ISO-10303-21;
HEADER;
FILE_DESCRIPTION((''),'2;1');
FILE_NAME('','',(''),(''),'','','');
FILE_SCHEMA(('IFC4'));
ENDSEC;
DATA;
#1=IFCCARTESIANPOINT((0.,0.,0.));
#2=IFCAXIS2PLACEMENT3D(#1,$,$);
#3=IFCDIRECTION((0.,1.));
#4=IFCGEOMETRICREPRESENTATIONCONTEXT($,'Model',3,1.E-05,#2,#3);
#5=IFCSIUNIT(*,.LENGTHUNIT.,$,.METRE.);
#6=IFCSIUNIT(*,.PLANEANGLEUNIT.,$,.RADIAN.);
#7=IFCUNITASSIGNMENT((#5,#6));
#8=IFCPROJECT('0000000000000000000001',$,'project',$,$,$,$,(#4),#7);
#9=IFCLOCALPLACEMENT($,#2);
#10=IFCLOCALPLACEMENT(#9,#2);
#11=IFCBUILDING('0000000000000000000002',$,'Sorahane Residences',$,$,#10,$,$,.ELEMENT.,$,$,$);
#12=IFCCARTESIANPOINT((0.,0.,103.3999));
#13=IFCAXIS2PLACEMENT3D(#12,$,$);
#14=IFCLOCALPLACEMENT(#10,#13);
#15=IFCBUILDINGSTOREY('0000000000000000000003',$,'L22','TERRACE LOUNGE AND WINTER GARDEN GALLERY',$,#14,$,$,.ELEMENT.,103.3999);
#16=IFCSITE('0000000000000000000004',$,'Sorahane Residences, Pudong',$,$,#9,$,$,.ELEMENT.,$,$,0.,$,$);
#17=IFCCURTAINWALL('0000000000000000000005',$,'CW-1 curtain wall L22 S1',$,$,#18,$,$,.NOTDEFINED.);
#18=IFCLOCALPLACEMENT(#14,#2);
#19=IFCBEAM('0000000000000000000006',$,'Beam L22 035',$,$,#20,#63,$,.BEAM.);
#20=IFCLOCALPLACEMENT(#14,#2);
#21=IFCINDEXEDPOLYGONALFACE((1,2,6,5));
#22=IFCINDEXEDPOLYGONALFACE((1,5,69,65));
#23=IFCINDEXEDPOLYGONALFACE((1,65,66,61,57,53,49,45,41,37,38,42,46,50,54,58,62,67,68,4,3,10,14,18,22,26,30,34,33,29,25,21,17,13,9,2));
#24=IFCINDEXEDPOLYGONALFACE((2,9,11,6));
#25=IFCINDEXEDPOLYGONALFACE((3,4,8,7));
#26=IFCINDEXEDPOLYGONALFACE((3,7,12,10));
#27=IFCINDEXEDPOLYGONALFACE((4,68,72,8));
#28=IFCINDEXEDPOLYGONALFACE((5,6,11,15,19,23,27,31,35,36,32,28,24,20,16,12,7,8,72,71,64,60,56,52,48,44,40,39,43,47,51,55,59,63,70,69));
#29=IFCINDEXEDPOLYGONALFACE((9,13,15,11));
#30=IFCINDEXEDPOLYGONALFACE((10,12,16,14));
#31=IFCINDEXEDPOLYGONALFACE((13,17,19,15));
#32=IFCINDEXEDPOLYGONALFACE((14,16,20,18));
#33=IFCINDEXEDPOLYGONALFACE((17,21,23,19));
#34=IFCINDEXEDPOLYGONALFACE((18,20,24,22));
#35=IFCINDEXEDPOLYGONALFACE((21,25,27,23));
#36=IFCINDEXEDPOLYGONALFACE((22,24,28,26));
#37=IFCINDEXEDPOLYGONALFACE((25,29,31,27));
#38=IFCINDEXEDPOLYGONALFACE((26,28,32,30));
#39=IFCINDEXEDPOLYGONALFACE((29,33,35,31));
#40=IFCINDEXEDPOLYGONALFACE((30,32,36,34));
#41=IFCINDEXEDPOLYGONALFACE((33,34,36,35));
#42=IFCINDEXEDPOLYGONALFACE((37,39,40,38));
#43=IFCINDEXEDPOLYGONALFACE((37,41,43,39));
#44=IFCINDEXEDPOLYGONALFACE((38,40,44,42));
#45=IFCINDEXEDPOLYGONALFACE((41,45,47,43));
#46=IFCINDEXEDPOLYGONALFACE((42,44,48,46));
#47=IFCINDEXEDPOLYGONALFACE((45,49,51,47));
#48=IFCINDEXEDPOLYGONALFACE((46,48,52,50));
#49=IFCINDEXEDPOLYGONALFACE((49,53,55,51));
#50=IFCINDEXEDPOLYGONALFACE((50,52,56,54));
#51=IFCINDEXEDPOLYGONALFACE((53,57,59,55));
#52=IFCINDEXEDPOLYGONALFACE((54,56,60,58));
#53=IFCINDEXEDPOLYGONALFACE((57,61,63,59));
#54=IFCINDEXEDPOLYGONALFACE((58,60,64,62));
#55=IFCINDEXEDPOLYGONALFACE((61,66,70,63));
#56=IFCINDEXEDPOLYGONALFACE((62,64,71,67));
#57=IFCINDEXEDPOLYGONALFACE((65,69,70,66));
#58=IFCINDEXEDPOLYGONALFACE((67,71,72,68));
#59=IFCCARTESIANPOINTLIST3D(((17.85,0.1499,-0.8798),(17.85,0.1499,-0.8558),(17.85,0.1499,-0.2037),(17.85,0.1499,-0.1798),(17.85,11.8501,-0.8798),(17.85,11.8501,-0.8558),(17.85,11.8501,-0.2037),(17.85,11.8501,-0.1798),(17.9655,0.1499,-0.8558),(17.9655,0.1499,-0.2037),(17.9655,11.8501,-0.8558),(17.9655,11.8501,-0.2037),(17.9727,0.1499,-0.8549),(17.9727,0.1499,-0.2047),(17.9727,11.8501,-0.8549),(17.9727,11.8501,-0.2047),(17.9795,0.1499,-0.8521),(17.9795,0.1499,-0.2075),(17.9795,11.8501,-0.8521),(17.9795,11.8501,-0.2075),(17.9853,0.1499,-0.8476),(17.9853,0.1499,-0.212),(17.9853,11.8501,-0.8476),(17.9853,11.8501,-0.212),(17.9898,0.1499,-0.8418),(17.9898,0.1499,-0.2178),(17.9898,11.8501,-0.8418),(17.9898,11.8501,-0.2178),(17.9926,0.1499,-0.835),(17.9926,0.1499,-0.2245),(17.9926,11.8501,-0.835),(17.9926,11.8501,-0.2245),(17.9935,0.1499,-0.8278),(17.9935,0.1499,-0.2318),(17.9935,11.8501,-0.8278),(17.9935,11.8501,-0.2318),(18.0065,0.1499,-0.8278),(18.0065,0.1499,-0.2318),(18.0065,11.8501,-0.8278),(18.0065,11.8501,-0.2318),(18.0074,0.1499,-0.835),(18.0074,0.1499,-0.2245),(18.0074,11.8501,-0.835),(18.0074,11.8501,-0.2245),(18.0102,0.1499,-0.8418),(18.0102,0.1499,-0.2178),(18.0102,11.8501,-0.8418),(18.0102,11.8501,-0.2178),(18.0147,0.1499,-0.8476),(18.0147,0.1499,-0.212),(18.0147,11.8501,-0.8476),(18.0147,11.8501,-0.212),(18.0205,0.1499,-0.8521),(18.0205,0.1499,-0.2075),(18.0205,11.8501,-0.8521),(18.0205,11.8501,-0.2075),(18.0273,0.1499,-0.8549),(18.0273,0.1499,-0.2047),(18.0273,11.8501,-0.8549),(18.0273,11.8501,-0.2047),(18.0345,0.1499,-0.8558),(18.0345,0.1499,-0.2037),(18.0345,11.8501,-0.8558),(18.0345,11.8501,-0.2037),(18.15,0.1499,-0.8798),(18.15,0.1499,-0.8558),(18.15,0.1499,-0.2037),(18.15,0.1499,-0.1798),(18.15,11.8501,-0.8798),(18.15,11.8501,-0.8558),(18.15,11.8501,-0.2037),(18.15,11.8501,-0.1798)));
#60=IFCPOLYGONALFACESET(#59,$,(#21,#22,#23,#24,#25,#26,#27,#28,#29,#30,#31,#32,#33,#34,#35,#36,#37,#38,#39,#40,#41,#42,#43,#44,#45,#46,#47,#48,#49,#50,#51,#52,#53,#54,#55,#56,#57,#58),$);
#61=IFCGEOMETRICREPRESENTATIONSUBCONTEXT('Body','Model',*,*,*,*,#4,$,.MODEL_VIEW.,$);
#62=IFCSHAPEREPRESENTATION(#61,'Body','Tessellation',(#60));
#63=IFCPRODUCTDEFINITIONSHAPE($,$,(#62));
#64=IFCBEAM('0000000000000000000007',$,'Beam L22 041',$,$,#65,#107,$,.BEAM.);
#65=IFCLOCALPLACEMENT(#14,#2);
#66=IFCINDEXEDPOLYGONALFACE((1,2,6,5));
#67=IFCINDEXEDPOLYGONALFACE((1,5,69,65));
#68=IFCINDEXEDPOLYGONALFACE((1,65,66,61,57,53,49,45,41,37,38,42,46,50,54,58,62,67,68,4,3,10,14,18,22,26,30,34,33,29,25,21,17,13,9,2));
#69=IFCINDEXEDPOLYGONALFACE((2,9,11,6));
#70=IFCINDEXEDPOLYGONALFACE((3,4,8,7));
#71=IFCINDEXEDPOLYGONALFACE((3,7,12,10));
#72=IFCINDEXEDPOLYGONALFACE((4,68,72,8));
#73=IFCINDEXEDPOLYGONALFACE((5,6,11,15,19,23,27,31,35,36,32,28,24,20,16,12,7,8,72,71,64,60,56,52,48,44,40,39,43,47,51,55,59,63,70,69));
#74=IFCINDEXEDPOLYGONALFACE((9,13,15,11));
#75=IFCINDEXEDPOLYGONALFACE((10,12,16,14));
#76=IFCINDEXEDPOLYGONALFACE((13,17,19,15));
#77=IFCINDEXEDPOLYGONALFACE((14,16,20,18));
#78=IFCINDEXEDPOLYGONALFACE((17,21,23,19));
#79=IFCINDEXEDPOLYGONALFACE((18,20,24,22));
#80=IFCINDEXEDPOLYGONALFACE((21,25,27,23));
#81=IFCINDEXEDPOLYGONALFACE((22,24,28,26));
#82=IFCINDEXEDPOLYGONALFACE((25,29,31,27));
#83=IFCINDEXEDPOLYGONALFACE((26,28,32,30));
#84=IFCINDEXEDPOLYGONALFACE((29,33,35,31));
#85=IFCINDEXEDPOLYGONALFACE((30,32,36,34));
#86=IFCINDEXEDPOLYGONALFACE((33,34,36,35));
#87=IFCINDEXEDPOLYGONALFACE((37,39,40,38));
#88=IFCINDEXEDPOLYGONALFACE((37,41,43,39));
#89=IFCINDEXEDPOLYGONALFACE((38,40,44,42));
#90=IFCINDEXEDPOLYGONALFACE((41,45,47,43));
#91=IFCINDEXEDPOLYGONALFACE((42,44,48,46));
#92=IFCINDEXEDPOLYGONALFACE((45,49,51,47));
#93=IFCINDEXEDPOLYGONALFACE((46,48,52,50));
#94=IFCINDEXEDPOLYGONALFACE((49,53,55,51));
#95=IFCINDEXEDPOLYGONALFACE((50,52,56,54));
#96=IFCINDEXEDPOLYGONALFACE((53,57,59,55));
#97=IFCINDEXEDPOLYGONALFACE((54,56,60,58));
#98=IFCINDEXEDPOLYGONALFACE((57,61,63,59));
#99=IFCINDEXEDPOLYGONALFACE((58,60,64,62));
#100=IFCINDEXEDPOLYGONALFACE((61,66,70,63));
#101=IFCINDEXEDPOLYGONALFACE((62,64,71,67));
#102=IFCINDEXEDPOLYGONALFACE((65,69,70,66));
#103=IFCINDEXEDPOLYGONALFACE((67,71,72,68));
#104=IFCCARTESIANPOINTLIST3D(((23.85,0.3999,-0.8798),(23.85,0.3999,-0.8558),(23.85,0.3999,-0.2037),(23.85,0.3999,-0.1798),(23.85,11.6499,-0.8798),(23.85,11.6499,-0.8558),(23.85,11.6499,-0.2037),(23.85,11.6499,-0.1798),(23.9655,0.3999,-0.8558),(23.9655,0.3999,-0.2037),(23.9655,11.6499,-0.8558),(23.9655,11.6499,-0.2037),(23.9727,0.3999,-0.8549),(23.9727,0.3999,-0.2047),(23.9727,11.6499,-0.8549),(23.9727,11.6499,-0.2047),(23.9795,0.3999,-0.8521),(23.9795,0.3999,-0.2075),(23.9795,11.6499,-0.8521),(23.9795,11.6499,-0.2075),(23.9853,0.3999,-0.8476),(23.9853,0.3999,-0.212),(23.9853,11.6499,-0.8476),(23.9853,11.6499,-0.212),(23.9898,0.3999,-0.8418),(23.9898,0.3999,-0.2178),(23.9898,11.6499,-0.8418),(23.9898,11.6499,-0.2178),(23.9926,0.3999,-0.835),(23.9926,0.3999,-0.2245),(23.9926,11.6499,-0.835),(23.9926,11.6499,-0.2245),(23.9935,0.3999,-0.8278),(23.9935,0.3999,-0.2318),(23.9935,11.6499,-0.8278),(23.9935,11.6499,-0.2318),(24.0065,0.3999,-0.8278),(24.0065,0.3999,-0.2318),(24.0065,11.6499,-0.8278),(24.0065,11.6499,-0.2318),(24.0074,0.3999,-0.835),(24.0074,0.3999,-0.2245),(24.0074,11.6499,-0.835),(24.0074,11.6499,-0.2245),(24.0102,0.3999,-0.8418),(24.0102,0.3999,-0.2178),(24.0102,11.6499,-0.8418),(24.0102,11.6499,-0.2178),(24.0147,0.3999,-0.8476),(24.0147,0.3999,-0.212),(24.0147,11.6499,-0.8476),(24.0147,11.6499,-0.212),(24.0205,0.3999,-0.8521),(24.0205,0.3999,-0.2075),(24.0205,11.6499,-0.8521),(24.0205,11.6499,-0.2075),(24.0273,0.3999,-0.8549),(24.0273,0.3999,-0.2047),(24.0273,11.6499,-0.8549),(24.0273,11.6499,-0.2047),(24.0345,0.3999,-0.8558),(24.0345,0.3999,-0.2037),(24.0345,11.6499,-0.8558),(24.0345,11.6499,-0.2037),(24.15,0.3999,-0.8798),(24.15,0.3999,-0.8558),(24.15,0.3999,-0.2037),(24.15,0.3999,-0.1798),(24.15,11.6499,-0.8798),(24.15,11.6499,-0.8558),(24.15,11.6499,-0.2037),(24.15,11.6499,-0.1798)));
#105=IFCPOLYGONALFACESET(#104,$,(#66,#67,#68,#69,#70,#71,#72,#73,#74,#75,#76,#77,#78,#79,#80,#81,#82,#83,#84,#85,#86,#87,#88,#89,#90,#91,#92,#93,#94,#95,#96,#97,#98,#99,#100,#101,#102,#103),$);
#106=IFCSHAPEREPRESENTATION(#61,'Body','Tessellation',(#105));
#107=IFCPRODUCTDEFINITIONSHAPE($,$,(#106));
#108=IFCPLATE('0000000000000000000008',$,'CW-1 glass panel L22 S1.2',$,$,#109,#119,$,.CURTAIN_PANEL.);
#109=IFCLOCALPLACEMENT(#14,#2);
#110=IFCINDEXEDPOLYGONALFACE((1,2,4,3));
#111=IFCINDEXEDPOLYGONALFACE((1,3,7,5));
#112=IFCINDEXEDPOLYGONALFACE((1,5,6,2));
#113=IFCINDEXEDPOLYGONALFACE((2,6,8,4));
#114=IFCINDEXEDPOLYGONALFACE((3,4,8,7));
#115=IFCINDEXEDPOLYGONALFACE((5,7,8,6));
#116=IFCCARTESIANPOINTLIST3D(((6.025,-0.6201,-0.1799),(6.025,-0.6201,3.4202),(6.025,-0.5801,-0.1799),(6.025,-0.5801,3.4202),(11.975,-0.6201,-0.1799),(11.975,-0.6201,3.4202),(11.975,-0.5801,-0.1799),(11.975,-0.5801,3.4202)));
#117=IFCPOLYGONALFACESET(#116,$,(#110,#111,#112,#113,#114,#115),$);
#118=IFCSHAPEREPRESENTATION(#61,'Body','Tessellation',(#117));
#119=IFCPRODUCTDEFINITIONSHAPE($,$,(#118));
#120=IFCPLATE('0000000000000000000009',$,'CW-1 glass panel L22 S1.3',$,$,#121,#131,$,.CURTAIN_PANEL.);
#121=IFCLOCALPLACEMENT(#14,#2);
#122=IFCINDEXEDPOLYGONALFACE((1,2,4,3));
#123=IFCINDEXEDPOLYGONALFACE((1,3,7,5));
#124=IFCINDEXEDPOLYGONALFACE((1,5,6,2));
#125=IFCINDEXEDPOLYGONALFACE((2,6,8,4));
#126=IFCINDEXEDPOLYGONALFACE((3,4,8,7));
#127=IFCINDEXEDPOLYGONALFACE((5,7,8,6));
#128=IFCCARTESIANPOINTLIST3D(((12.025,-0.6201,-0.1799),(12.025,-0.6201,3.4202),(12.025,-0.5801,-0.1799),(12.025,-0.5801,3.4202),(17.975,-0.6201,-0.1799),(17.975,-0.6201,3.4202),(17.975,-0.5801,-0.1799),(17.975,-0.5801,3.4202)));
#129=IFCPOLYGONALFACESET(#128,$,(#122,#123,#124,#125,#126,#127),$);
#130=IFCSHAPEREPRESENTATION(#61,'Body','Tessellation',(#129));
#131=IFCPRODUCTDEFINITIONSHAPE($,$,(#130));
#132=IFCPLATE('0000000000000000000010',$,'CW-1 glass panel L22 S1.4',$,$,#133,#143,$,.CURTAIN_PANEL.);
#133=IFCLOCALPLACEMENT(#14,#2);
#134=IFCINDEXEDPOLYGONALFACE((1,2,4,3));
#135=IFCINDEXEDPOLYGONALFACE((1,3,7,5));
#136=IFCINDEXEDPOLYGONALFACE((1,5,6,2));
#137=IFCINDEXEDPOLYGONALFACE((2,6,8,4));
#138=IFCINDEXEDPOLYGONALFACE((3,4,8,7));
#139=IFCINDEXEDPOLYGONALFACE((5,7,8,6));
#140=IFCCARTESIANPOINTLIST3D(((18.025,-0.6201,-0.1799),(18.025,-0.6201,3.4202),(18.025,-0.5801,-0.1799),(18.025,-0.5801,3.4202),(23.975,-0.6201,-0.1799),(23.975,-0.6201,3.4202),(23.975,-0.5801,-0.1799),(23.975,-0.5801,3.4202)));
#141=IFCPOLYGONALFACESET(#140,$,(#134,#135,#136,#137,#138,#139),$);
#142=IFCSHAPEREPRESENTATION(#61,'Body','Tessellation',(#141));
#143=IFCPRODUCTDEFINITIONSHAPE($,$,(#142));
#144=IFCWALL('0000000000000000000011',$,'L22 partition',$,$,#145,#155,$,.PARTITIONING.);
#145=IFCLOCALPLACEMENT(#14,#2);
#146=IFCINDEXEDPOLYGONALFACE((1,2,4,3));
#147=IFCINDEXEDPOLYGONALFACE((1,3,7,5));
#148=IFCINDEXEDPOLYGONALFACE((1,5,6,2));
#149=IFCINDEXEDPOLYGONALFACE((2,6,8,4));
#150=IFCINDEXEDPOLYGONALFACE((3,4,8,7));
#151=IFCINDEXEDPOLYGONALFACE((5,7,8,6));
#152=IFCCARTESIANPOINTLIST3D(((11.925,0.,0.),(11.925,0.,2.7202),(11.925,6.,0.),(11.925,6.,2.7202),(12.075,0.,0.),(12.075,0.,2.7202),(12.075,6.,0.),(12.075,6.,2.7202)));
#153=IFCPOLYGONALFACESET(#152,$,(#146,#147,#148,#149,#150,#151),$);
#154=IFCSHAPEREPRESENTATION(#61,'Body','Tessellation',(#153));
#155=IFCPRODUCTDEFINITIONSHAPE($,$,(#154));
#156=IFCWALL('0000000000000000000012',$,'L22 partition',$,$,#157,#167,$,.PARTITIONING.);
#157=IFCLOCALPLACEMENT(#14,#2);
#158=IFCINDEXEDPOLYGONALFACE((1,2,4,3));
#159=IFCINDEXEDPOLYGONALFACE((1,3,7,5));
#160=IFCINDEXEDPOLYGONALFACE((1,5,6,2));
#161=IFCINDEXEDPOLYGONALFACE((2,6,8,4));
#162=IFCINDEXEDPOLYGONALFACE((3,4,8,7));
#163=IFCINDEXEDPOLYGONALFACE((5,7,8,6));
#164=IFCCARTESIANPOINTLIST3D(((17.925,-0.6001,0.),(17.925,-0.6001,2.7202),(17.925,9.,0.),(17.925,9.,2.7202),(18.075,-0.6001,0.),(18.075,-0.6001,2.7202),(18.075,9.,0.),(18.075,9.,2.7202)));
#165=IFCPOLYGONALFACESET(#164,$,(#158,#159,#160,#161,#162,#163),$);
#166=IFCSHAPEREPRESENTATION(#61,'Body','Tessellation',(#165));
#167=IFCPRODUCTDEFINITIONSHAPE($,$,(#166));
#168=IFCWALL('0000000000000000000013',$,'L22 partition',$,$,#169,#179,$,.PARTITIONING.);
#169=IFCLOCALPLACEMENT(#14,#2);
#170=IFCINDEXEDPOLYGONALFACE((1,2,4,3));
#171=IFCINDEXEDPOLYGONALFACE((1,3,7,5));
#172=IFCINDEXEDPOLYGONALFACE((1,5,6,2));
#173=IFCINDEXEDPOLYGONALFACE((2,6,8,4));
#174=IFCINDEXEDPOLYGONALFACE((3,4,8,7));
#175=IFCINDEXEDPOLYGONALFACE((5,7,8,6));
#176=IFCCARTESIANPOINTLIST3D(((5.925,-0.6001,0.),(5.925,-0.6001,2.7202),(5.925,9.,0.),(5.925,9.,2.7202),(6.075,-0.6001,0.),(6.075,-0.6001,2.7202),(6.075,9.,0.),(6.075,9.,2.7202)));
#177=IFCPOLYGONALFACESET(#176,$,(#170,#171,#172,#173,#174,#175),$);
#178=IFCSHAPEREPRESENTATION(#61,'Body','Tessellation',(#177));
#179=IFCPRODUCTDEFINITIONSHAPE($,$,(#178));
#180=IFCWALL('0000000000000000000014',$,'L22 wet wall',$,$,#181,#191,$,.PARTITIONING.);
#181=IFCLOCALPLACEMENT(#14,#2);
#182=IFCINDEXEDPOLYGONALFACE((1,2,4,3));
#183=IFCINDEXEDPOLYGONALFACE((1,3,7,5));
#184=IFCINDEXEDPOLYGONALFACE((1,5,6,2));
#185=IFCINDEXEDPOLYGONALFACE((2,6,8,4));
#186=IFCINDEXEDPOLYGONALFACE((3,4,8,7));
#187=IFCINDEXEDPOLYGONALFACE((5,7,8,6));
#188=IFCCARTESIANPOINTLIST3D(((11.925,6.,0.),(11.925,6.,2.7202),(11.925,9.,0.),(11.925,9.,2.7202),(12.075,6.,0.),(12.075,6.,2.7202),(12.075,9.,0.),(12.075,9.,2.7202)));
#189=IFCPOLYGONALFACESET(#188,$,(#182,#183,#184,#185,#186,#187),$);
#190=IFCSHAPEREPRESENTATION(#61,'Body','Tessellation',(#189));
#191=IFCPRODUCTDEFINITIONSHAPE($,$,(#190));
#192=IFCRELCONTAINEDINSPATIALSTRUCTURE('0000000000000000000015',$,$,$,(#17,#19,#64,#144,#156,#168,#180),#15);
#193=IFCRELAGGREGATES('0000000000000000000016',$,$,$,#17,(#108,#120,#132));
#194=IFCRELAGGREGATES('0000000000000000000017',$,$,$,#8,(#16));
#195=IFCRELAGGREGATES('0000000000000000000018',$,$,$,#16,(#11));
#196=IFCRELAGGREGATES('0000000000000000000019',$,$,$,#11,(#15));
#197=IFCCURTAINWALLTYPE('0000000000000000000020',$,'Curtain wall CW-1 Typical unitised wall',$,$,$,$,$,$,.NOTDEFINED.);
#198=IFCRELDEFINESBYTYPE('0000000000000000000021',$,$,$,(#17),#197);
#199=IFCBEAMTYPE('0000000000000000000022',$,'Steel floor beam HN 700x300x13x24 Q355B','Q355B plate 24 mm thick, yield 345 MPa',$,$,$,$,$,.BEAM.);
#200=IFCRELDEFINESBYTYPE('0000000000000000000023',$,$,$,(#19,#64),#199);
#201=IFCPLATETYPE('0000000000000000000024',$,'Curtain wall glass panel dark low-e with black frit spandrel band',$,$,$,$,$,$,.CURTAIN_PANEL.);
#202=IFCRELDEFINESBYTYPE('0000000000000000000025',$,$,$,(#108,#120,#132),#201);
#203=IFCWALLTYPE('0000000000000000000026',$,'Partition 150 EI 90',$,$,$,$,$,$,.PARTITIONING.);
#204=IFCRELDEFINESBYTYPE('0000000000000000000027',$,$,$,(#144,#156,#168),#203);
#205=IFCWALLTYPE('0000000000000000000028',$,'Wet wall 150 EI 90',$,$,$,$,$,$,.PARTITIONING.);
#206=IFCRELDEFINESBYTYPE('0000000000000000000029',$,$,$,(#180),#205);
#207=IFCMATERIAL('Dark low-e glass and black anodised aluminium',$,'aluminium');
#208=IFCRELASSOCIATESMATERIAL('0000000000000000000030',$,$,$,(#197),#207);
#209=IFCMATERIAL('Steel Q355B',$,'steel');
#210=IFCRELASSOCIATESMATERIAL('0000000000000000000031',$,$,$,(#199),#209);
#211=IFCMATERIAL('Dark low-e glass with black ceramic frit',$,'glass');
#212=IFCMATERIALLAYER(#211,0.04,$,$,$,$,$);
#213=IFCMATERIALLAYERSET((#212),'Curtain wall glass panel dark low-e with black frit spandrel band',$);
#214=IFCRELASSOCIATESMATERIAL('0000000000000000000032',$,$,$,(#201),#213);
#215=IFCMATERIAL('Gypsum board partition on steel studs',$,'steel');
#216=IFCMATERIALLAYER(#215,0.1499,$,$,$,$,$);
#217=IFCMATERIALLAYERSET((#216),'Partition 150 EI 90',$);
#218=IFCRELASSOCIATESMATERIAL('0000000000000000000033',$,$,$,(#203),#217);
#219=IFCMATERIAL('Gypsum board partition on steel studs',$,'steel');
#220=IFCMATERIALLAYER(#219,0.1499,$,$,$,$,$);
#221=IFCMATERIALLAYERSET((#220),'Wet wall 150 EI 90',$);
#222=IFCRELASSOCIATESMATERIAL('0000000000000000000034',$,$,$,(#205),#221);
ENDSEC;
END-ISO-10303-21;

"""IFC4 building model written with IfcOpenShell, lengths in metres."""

from ifc_helpers import new_model, si_unit, direction, frame, frame_2d, origin, origin_2d, place, context, subcontext, project, spatial, rectangle, i_section, extrude, material, layer, layer_set, material_profile, profile_set, type_object, element, aggregate, save


model = new_model("IFC4")

# Units and contexts
model_context = context("Model", 3, precision=1e-05, world=origin(), true_north=direction((0.0, 1.0)))
body_context = subcontext(model_context, "Body", "Model", "MODEL_VIEW")
ifc_project = project(units=[si_unit("LENGTHUNIT", "METRE"), si_unit("PLANEANGLEUNIT", "RADIAN")], contexts=[model_context])

# Site, building, storey
site_placement = place(None, origin())
site = spatial("IfcSite", under=ifc_project, at=site_placement, Name="Sorahane Residences, Pudong", CompositionType="ELEMENT", RefElevation=0.0)
building_placement = place(site_placement, origin())
building = spatial("IfcBuilding", under=site, at=building_placement, Name="Sorahane Residences", CompositionType="ELEMENT")
storey_placement = place(building_placement, frame((0.0, 0.0, 103.3999)))
storey = spatial("IfcBuildingStorey", under=building, at=storey_placement, Name="L22", Description="TERRACE LOUNGE AND WINTER GARDEN GALLERY", CompositionType="ELEMENT", Elevation=103.3999)

# Curtain wall
ifc_material_1 = material(Name="Dark low-e glass and black anodised aluminium", Category="aluminium")
curtain_wall_type = type_object("IfcCurtainWallType", Name="Curtain wall CW-1 Typical unitised wall", PredefinedType="NOTDEFINED", material=ifc_material_1)
curtain_wall_placement = place(storey_placement, origin())
curtain_wall = element("IfcCurtainWall", 1, at=curtain_wall_placement, inside=storey, type_object=curtain_wall_type, Name="CW-1 curtain wall L22 S1", PredefinedType="NOTDEFINED")

# Beams
ifc_material_2 = material(Name="Steel Q355B", Category="steel")
ifc_material_profile_1 = material_profile(ifc_material_2, i_section(OverallWidth=0.3, OverallDepth=0.7, WebThickness=0.0129, FlangeThickness=0.0239, FilletRadius=0.0281, at=origin_2d()), Name="HN 700x300x13x24")
ifc_profile_set_1 = profile_set([ifc_material_profile_1], Name="Steel Q355B")
beam_type_1 = type_object("IfcBeamType", Name="Steel floor beam HN 700x300x13x24 Q355B", Description="Q355B plate 24 mm thick, yield 345 MPa", PredefinedType="BEAM", material=ifc_profile_set_1)
beam_1_placement = place(storey_placement, frame((18.0, 0.1499, -0.5298), z_axis=(0.0, 1.0, 0.0), x_axis=(-1.0, 0.0, 0.0)))
element("IfcBeam", 2, at=beam_1_placement, inside=storey, type_object=beam_type_1, Name="Beam L22 035", PredefinedType="BEAM", context=body_context, shape_type="SweptSolid", body=[
    extrude(i_section(OverallWidth=0.3, OverallDepth=0.7, WebThickness=0.0129, FlangeThickness=0.0239, FilletRadius=0.0281, at=origin_2d()), origin(), (0.0, 0.0, 1.0), 11.7002),
])
beam_2_placement = place(storey_placement, frame((24.0, 0.3999, -0.5298), z_axis=(0.0, 1.0, 0.0), x_axis=(-1.0, 0.0, 0.0)))
element("IfcBeam", 3, at=beam_2_placement, inside=storey, type_object=beam_type_1, Name="Beam L22 041", PredefinedType="BEAM", context=body_context, shape_type="SweptSolid", body=[
    extrude(i_section(OverallWidth=0.3, OverallDepth=0.7, WebThickness=0.0129, FlangeThickness=0.0239, FilletRadius=0.0281, at=origin_2d()), origin(), (0.0, 0.0, 1.0), 11.25),
])

# Plates
ifc_material_3 = material(Name="Dark low-e glass with black ceramic frit", Category="glass")
ifc_layer_1 = layer(ifc_material_3, 0.04)
ifc_layer_set_1 = layer_set([ifc_layer_1], Name="Curtain wall glass panel dark low-e with black frit spandrel band")
plate_type = type_object("IfcPlateType", Name="Curtain wall glass panel dark low-e with black frit spandrel band", PredefinedType="CURTAIN_PANEL", material=ifc_layer_set_1)
plate_1_placement = place(storey_placement, frame((9.0, -0.6001, -0.1799), z_axis=(0.0, 0.0, 1.0), x_axis=(1.0, 0.0, 0.0)))
plate_1 = element("IfcPlate", 4, at=plate_1_placement, type_object=plate_type, Name="CW-1 glass panel L22 S1.2", PredefinedType="CURTAIN_PANEL", context=body_context, shape_type="SweptSolid", body=[
    extrude(rectangle(XDim=5.95, YDim=0.04, at=origin_2d()), origin(), (0.0, 0.0, 1.0), 3.6001),
])
plate_2_placement = place(storey_placement, frame((15.0, -0.6001, -0.1799), z_axis=(0.0, 0.0, 1.0), x_axis=(1.0, 0.0, 0.0)))
plate_2 = element("IfcPlate", 5, at=plate_2_placement, type_object=plate_type, Name="CW-1 glass panel L22 S1.3", PredefinedType="CURTAIN_PANEL", context=body_context, shape_type="SweptSolid", body=[
    extrude(rectangle(XDim=5.95, YDim=0.04, at=origin_2d()), origin(), (0.0, 0.0, 1.0), 3.6001),
])
plate_3_placement = place(storey_placement, frame((21.0, -0.6001, -0.1799), z_axis=(0.0, 0.0, 1.0), x_axis=(1.0, 0.0, 0.0)))
plate_3 = element("IfcPlate", 6, at=plate_3_placement, type_object=plate_type, Name="CW-1 glass panel L22 S1.4", PredefinedType="CURTAIN_PANEL", context=body_context, shape_type="SweptSolid", body=[
    extrude(rectangle(XDim=5.95, YDim=0.04, at=origin_2d()), origin(), (0.0, 0.0, 1.0), 3.6001),
])
aggregate(curtain_wall, [plate_1, plate_2, plate_3])

# Walls
ifc_material_4 = material(Name="Gypsum board partition on steel studs", Category="steel")
ifc_layer_2 = layer(ifc_material_4, 0.1499)
ifc_layer_set_2 = layer_set([ifc_layer_2], Name="Partition 150 EI 90")
wall_type_1 = type_object("IfcWallType", Name="Partition 150 EI 90", PredefinedType="PARTITIONING", material=ifc_layer_set_2)
wall_1_placement = place(storey_placement, frame((12.0, 0.0, 0.0), z_axis=(0.0, 0.0, 1.0), x_axis=(0.0, 1.0, 0.0)))
element("IfcWall", 7, at=wall_1_placement, inside=storey, type_object=wall_type_1, Name="L22 partition", PredefinedType="PARTITIONING", context=body_context, shape_type="SweptSolid", body=[
    extrude(rectangle(XDim=6.0, YDim=0.1499, at=frame_2d((3.0, 0.0))), origin(), (0.0, 0.0, 1.0), 2.7202),
])
for number, where, z_axis, x_axis, name in (
    (8, (18.0, -0.6001, 0.0), (0.0, 0.0, 1.0), (0.0, 1.0, 0.0), "L22 partition"),
    (9, (6.0, -0.6001, 0.0), (0.0, 0.0, 1.0), (0.0, 1.0, 0.0), "L22 partition"),
):
    element("IfcWall", number, at=place(storey_placement, frame(where, z_axis=z_axis, x_axis=x_axis)), inside=storey, type_object=wall_type_1, Name=name, PredefinedType="PARTITIONING", context=body_context, shape_type="SweptSolid", body=[
        extrude(rectangle(XDim=9.6001, YDim=0.1499, at=frame_2d((4.8, 0.0))), origin(), (0.0, 0.0, 1.0), 2.7202),
    ])

# Wall
ifc_material_5 = material(Name="Gypsum board partition on steel studs", Category="steel")
ifc_layer_3 = layer(ifc_material_5, 0.1499)
ifc_layer_set_3 = layer_set([ifc_layer_3], Name="Wet wall 150 EI 90")
wall_type_2 = type_object("IfcWallType", Name="Wet wall 150 EI 90", PredefinedType="PARTITIONING", material=ifc_layer_set_3)
wall_2_placement = place(storey_placement, frame((12.0, 6.0, 0.0), z_axis=(0.0, 0.0, 1.0), x_axis=(0.0, 1.0, 0.0)))
element("IfcWall", 10, at=wall_2_placement, inside=storey, type_object=wall_type_2, Name="L22 wet wall", PredefinedType="PARTITIONING", context=body_context, shape_type="SweptSolid", body=[
    extrude(rectangle(XDim=3.0, YDim=0.1499, at=frame_2d((1.5, 0.0))), origin(), (0.0, 0.0, 1.0), 2.7202),
])

save(model, "model.ifc")
